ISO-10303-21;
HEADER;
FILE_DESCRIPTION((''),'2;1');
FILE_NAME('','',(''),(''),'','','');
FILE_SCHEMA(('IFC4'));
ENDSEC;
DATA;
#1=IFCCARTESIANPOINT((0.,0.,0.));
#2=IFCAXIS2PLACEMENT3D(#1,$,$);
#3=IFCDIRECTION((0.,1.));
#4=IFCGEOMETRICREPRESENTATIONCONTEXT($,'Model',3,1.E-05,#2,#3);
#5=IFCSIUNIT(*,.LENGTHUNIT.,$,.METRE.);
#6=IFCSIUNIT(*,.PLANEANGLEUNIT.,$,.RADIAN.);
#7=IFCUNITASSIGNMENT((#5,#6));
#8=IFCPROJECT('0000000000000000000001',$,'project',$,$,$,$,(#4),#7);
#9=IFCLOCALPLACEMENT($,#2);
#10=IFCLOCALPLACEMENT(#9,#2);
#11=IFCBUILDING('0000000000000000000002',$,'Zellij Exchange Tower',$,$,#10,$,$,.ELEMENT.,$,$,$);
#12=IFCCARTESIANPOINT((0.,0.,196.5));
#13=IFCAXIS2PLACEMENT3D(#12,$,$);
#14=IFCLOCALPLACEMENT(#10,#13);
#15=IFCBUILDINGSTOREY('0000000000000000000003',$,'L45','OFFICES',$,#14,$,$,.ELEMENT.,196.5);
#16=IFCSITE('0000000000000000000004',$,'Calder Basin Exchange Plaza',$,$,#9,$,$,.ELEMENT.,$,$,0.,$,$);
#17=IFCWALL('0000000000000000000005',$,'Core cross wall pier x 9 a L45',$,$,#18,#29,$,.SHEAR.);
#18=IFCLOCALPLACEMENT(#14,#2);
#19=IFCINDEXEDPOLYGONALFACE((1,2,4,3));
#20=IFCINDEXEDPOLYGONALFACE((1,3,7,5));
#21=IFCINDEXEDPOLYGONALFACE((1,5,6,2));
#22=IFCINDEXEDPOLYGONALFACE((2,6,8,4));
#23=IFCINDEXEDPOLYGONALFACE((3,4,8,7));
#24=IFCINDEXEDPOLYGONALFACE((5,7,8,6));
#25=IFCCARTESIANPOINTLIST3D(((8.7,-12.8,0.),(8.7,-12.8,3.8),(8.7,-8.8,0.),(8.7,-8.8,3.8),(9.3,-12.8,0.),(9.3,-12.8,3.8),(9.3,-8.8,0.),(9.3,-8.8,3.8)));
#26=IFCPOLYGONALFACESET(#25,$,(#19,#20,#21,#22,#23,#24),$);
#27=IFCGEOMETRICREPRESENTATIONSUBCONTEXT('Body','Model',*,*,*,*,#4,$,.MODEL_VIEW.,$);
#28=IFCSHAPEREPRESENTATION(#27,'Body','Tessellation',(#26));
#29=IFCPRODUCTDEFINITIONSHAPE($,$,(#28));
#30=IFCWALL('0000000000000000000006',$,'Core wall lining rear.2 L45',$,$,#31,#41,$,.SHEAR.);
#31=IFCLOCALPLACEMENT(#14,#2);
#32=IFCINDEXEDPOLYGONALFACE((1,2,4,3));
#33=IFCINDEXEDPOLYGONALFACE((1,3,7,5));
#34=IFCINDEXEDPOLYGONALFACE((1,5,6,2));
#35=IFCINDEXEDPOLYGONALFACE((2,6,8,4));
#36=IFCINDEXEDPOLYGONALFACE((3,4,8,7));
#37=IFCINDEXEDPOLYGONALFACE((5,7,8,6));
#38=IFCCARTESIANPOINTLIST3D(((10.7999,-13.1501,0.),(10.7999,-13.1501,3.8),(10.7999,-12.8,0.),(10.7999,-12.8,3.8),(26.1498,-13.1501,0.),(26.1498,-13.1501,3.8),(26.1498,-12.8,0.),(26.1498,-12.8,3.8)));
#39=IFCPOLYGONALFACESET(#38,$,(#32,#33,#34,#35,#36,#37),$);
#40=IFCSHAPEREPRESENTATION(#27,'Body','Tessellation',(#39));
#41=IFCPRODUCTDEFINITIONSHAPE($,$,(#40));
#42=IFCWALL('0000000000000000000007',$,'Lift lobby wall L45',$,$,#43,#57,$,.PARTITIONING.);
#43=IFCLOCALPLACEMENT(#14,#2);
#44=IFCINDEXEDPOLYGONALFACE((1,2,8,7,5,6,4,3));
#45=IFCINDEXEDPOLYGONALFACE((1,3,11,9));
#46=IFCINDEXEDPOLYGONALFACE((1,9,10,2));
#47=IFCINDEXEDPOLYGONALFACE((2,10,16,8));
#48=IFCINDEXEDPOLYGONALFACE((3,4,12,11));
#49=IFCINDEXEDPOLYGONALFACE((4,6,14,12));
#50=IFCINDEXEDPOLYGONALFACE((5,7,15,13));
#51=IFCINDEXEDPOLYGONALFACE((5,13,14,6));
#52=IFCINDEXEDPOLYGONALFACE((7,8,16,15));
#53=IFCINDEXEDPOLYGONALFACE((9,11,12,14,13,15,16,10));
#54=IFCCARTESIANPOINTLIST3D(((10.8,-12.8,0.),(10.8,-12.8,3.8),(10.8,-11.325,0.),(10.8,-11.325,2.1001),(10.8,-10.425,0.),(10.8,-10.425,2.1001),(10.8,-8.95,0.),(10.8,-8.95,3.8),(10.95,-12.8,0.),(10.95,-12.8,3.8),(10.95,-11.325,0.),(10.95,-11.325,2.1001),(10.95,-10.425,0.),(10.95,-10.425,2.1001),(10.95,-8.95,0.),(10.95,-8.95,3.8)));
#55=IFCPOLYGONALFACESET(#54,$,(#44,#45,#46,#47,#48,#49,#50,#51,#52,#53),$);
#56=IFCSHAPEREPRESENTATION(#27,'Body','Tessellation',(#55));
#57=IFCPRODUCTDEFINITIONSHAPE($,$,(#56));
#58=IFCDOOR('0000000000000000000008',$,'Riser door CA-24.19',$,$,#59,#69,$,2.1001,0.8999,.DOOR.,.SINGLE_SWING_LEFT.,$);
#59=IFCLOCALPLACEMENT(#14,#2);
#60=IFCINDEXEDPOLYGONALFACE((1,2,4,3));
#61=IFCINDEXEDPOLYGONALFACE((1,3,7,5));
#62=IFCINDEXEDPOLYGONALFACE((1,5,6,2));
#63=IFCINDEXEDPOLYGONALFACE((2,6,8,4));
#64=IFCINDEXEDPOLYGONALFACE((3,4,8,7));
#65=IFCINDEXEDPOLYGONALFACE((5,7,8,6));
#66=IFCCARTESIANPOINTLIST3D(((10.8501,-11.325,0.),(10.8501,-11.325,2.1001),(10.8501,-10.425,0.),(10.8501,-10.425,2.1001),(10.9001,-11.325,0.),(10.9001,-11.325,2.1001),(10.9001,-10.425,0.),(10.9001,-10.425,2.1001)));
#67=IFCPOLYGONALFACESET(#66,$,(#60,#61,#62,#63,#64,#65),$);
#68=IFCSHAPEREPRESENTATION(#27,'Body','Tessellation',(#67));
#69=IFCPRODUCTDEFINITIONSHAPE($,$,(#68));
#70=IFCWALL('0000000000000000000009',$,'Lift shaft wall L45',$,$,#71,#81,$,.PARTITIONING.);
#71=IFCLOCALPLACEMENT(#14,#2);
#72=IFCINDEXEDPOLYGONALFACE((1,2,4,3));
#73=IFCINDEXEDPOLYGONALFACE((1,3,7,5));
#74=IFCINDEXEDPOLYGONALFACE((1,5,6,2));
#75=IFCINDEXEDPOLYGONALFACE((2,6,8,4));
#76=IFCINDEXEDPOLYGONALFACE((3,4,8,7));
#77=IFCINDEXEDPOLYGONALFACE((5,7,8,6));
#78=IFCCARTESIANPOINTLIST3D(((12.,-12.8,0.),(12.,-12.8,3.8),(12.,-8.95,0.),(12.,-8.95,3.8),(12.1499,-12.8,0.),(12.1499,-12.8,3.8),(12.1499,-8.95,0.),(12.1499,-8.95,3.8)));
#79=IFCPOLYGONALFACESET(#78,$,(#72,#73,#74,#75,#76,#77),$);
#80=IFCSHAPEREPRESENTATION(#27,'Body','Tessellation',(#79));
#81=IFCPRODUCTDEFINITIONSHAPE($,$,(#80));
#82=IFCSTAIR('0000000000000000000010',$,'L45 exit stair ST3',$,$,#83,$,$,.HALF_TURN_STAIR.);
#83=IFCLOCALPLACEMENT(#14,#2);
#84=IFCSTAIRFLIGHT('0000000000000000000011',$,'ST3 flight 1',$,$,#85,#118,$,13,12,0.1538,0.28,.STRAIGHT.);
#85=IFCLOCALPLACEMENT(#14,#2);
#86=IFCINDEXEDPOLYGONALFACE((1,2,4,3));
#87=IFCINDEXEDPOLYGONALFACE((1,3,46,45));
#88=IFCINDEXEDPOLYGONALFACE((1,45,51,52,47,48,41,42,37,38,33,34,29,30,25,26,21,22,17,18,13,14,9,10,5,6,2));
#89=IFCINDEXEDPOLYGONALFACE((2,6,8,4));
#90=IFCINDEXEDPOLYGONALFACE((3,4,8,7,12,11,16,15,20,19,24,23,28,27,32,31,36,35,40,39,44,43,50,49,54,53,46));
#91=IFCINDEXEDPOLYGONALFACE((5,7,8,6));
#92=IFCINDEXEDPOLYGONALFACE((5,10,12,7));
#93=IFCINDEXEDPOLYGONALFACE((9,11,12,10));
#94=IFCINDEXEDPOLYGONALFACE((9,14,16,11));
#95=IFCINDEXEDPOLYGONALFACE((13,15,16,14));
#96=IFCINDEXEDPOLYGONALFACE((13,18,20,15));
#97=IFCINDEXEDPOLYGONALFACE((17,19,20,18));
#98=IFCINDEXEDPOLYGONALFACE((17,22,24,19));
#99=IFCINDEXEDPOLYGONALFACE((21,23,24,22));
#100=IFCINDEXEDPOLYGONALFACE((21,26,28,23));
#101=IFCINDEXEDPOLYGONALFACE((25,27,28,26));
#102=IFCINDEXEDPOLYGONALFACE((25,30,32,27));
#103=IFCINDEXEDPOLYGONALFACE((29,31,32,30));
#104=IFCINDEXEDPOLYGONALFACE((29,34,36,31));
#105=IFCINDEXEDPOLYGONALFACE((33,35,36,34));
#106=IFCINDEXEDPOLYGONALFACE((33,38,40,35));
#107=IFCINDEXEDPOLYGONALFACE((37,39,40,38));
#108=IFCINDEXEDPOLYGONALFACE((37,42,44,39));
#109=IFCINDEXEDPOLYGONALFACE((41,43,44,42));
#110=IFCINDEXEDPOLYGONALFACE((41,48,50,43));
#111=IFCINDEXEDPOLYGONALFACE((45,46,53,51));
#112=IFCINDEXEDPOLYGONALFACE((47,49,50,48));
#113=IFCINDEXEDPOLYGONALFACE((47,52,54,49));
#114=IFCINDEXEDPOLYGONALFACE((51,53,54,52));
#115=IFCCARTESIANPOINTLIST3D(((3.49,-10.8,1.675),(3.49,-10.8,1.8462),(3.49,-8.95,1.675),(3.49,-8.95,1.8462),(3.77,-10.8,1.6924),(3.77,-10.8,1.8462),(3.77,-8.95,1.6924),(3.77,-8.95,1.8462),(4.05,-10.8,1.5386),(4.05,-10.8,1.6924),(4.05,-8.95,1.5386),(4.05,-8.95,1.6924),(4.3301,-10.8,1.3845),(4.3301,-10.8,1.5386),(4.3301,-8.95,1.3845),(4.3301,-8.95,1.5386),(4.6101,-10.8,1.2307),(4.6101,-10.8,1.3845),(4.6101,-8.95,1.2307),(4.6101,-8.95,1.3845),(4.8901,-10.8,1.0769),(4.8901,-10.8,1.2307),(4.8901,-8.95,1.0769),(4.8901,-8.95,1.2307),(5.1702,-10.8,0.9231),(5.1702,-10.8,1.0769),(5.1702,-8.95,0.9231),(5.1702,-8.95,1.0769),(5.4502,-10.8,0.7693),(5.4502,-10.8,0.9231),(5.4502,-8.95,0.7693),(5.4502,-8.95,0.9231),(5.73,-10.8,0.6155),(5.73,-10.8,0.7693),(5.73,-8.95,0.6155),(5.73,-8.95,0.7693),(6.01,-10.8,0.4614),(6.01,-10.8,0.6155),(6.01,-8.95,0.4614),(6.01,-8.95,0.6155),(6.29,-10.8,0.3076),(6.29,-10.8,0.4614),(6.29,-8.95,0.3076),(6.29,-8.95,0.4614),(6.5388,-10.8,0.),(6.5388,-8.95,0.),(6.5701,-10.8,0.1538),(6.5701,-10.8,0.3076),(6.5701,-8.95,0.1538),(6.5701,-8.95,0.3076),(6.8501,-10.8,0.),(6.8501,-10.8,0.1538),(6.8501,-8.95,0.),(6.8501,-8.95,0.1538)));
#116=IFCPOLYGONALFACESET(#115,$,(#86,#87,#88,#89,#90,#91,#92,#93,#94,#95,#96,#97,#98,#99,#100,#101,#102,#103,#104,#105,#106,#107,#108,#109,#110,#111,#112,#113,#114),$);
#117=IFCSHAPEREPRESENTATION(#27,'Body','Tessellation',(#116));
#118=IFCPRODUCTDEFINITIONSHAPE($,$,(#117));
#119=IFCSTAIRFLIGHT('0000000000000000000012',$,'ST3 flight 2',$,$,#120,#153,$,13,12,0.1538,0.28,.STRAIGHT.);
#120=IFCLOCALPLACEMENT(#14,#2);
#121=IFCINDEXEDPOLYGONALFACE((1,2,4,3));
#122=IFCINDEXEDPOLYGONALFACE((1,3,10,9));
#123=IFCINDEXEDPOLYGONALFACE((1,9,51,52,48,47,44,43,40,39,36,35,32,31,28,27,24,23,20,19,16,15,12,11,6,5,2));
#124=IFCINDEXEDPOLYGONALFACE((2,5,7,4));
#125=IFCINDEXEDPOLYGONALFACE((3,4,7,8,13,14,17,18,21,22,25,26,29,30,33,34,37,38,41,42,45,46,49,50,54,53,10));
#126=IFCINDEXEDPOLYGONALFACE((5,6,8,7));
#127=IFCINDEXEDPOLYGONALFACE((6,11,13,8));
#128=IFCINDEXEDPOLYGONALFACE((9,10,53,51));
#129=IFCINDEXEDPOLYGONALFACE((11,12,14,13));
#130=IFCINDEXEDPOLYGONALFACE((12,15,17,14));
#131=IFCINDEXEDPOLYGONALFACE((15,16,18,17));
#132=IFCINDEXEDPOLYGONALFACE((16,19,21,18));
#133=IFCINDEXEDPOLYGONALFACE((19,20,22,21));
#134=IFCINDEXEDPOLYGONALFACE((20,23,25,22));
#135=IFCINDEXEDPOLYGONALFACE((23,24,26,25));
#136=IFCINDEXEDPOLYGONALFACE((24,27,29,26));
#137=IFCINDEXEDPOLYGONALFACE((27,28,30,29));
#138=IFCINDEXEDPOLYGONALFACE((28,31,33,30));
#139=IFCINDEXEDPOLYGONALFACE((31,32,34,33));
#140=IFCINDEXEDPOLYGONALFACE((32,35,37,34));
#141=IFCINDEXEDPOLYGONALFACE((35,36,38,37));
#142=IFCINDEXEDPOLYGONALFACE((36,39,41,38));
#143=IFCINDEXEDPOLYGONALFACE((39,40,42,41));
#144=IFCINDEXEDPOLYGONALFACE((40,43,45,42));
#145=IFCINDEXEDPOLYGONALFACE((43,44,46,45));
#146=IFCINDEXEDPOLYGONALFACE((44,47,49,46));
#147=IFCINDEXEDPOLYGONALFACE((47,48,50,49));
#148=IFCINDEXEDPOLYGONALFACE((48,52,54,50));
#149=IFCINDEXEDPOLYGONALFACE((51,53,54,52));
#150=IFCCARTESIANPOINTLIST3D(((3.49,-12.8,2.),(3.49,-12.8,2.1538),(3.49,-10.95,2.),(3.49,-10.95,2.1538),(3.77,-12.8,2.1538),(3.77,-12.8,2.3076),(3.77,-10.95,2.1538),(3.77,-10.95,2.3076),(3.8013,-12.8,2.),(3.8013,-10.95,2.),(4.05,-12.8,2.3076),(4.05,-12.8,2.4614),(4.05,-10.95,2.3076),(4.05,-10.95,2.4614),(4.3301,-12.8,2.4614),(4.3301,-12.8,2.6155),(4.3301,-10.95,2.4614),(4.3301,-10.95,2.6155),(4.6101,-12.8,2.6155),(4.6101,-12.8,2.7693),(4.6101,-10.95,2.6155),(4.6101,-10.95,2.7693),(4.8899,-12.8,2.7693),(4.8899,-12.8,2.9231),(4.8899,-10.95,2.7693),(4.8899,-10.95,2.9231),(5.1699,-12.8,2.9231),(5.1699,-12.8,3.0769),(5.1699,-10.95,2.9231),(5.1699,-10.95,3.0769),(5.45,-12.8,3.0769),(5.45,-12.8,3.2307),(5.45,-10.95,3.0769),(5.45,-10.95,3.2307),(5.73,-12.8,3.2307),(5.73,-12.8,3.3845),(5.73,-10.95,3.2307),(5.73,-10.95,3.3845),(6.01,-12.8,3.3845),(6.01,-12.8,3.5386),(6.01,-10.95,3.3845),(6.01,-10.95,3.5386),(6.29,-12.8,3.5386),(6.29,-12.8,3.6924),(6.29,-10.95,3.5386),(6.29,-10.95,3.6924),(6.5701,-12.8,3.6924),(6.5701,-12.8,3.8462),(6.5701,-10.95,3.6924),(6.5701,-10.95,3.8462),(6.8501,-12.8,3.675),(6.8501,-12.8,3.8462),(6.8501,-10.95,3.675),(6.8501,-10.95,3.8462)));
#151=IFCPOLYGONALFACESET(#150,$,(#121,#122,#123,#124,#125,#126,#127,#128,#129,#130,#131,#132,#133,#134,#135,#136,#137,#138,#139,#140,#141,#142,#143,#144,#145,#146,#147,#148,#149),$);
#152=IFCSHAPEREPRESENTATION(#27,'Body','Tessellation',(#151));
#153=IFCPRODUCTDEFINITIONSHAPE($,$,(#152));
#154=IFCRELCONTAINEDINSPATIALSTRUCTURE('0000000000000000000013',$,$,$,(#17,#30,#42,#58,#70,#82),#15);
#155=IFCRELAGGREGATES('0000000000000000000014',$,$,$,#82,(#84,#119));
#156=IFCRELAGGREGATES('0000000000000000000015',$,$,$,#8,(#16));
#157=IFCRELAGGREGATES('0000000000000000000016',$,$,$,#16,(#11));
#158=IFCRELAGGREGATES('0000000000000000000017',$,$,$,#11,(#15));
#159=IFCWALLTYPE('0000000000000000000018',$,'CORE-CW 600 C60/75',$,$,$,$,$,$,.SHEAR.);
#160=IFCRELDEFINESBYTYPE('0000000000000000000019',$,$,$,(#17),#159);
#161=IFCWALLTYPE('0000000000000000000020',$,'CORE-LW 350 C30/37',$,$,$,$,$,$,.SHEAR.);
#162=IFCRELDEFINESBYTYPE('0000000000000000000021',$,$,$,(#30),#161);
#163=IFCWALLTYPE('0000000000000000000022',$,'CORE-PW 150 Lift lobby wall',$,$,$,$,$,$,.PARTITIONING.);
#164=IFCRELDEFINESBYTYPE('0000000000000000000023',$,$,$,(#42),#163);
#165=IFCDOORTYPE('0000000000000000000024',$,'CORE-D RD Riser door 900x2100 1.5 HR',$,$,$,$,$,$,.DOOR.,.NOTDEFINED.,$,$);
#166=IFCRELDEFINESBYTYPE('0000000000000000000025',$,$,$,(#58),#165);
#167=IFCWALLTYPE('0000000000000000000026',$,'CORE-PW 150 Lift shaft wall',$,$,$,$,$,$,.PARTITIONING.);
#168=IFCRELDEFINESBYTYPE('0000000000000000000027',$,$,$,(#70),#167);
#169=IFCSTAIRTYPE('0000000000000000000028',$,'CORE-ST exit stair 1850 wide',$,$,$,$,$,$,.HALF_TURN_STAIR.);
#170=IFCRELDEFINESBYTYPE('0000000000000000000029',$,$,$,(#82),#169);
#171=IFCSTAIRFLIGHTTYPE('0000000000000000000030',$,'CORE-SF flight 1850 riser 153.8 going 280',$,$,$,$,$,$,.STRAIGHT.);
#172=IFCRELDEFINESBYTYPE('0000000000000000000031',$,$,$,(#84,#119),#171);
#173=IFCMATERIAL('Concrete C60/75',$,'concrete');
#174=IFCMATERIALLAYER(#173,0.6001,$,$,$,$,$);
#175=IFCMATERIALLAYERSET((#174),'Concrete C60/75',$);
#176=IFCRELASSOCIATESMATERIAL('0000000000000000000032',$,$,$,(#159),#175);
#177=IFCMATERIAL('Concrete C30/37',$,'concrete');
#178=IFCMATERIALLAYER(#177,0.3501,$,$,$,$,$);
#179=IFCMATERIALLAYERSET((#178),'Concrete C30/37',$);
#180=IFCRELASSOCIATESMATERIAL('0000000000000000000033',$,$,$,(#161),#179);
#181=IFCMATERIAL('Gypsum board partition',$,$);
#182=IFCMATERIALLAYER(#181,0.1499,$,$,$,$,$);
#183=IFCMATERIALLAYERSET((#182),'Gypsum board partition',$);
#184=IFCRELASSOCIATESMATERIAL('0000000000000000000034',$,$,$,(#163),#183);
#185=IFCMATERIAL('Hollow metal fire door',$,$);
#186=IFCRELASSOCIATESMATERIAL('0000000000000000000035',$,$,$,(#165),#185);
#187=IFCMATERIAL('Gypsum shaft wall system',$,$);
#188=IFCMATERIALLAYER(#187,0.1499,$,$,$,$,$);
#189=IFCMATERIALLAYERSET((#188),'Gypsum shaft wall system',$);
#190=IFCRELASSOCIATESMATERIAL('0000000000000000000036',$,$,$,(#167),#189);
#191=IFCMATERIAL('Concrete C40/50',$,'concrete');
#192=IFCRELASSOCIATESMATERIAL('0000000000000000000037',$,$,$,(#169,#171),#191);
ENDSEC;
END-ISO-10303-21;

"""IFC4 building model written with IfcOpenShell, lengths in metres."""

from ifc_helpers import new_model, si_unit, direction, frame, frame_2d, origin, place, context, subcontext, project, spatial, polyline, rectangle, outline, extrude, material, layer, layer_set, type_object, element, fill, aggregate, save


model = new_model("IFC4")

# Units and contexts
model_context = context("Model", 3, precision=1e-05, world=origin(), true_north=direction((0.0, 1.0)))
body_context = subcontext(model_context, "Body", "Model", "MODEL_VIEW")
ifc_project = project(units=[si_unit("LENGTHUNIT", "METRE"), si_unit("PLANEANGLEUNIT", "RADIAN")], contexts=[model_context])

# Site, building, storey
site_placement = place(None, origin())
site = spatial("IfcSite", under=ifc_project, at=site_placement, Name="Calder Basin Exchange Plaza", CompositionType="ELEMENT", RefElevation=0.0)
building_placement = place(site_placement, origin())
building = spatial("IfcBuilding", under=site, at=building_placement, Name="Zellij Exchange Tower", CompositionType="ELEMENT")
storey_placement = place(building_placement, frame((0.0, 0.0, 196.5)))
storey = spatial("IfcBuildingStorey", under=building, at=storey_placement, Name="L45", Description="OFFICES", CompositionType="ELEMENT", Elevation=196.5)

# Walls
ifc_material_1 = material(Name="Concrete C60/75", Category="concrete")
ifc_layer_1 = layer(ifc_material_1, 0.6001)
ifc_layer_set_1 = layer_set([ifc_layer_1], Name="Concrete C60/75")
wall_type_1 = type_object("IfcWallType", Name="CORE-CW 600 C60/75", PredefinedType="SHEAR", material=ifc_layer_set_1)
wall_1_placement = place(storey_placement, frame((9.0, -12.8, 0.0), z_axis=(0.0, 0.0, 1.0), x_axis=(0.0, 1.0, 0.0)))
element("IfcWall", 1, at=wall_1_placement, inside=storey, type_object=wall_type_1, Name="Core cross wall pier x 9 a L45", PredefinedType="SHEAR", context=body_context, shape_type="SweptSolid", body=[
    extrude(rectangle(XDim=4.0, YDim=0.6001, at=frame_2d((2.0, 0.0))), origin(), (0.0, 0.0, 1.0), 3.8),
])
ifc_material_2 = material(Name="Concrete C30/37", Category="concrete")
ifc_layer_2 = layer(ifc_material_2, 0.3501)
ifc_layer_set_2 = layer_set([ifc_layer_2], Name="Concrete C30/37")
wall_type_2 = type_object("IfcWallType", Name="CORE-LW 350 C30/37", PredefinedType="SHEAR", material=ifc_layer_set_2)
wall_2_placement = place(storey_placement, frame((10.8, -12.9751, 0.0), z_axis=(0.0, 0.0, 1.0), x_axis=(1.0, 0.0, 0.0)))
element("IfcWall", 2, at=wall_2_placement, inside=storey, type_object=wall_type_2, Name="Core wall lining rear.2 L45", PredefinedType="SHEAR", context=body_context, shape_type="SweptSolid", body=[
    extrude(rectangle(XDim=15.3499, YDim=0.3501, at=frame_2d((7.6748, 0.0))), origin(), (0.0, 0.0, 1.0), 3.8),
])

# Wall, opening, door
ifc_material_3 = material(Name="Gypsum board partition")
ifc_layer_3 = layer(ifc_material_3, 0.1499)
ifc_layer_set_3 = layer_set([ifc_layer_3], Name="Gypsum board partition")
wall_type_3 = type_object("IfcWallType", Name="CORE-PW 150 Lift lobby wall", PredefinedType="PARTITIONING", material=ifc_layer_set_3)
wall_3_placement = place(storey_placement, frame((10.875, -12.8, 0.0), z_axis=(0.0, 0.0, 1.0), x_axis=(0.0, 1.0, 0.0)))
wall_3 = element("IfcWall", 3, at=wall_3_placement, inside=storey, type_object=wall_type_3, Name="Lift lobby wall L45", PredefinedType="PARTITIONING", context=body_context, shape_type="SweptSolid", body=[
    extrude(rectangle(XDim=3.8501, YDim=0.1499, at=frame_2d((1.925, 0.0))), origin(), (0.0, 0.0, 1.0), 3.8),
])
opening_placement = place(wall_3_placement, frame((1.4751, 0.0, 0.0)))
opening = element("IfcOpeningElement", 4, at=opening_placement, cuts=wall_3, PredefinedType="OPENING", context=body_context, shape_type="SweptSolid", body=[
    extrude(rectangle(XDim=0.8999, YDim=2.1001, at=frame_2d((0.45, 1.05))), frame((0.0, 0.0869, 0.0), z_axis=(0.0, -1.0, 0.0), x_axis=(1.0, 0.0, 0.0)), (0.0, 0.0, 1.0), 0.1738),
])
ifc_material_4 = material(Name="Hollow metal fire door")
door_type = type_object("IfcDoorType", Name="CORE-D RD Riser door 900x2100 1.5 HR", OperationType="NOTDEFINED", PredefinedType="DOOR", material=ifc_material_4)
door_placement = place(opening_placement, origin())
door = element("IfcDoor", 5, at=door_placement, inside=storey, type_object=door_type, Name="Riser door CA-24.19", OperationType="SINGLE_SWING_LEFT", OverallHeight=2.1001, OverallWidth=0.8999, PredefinedType="DOOR", context=body_context, shape_type="SweptSolid", body=[
    extrude(rectangle(XDim=0.8999, YDim=2.1001, at=frame_2d((0.45, 1.05))), frame((0.0, 0.0249, 0.0), z_axis=(0.0, -1.0, 0.0), x_axis=(1.0, 0.0, 0.0)), (0.0, 0.0, 1.0), 0.05),
])
fill(opening, door)

# Wall
ifc_material_5 = material(Name="Gypsum shaft wall system")
ifc_layer_4 = layer(ifc_material_5, 0.1499)
ifc_layer_set_4 = layer_set([ifc_layer_4], Name="Gypsum shaft wall system")
wall_type_4 = type_object("IfcWallType", Name="CORE-PW 150 Lift shaft wall", PredefinedType="PARTITIONING", material=ifc_layer_set_4)
wall_4_placement = place(storey_placement, frame((12.075, -12.8, 0.0), z_axis=(0.0, 0.0, 1.0), x_axis=(0.0, 1.0, 0.0)))
element("IfcWall", 6, at=wall_4_placement, inside=storey, type_object=wall_type_4, Name="Lift shaft wall L45", PredefinedType="PARTITIONING", context=body_context, shape_type="SweptSolid", body=[
    extrude(rectangle(XDim=3.8501, YDim=0.1499, at=frame_2d((1.925, 0.0))), origin(), (0.0, 0.0, 1.0), 3.8),
])

# Stair, stair flights
ifc_material_6 = material(Name="Concrete C40/50", Category="concrete")
stair_type = type_object("IfcStairType", Name="CORE-ST exit stair 1850 wide", PredefinedType="HALF_TURN_STAIR", material=ifc_material_6)
stair_placement = place(storey_placement, origin())
stair = element("IfcStair", 7, at=stair_placement, inside=storey, type_object=stair_type, Name="L45 exit stair ST3", PredefinedType="HALF_TURN_STAIR")
stair_flight_type = type_object("IfcStairFlightType", Name="CORE-SF flight 1850 riser 153.8 going 280", PredefinedType="STRAIGHT", material=ifc_material_6)
stair_flight_1_placement = place(storey_placement, frame((6.8501, -9.875, 0.0), z_axis=(0.0, 0.0, 1.0), x_axis=(-1.0, 0.0, 0.0)))
stair_flight_1 = element("IfcStairFlight", 8, at=stair_flight_1_placement, type_object=stair_flight_type, Name="ST3 flight 1", NumberOfRisers=13, NumberOfTreads=12, PredefinedType="STRAIGHT", RiserHeight=0.1538, TreadLength=0.28, context=body_context, shape_type="SweptSolid", body=[
    extrude(outline(polyline([(0.0, 0.0), (0.0, 0.1538), (0.28, 0.1538), (0.28, 0.3076), (0.5601, 0.3076), (0.5601, 0.4614), (0.8401, 0.4614), (0.8401, 0.6155), (1.1201, 0.6155), (1.1201, 0.7693), (1.3999, 0.7693), (1.3999, 0.9231), (1.6799, 0.9231), (1.6799, 1.0769), (1.96, 1.0769), (1.96, 1.2307), (2.24, 1.2307), (2.24, 1.3845), (2.52, 1.3845), (2.52, 1.5386), (2.8, 1.5386), (2.8, 1.6924), (3.0801, 1.6924), (3.0801, 1.8462), (3.3601, 1.8462), (3.3601, 2.0), (3.3601, 1.675), (0.3113, 0.0), (0.0, 0.0)])), frame((0.0, 0.925, 0.0), z_axis=(0.0, -1.0, 0.0), x_axis=(1.0, 0.0, 0.0)), (0.0, 0.0, 1.0), 1.8501),
])
stair_flight_2_placement = place(storey_placement, frame((3.49, -11.875, 2.0), z_axis=(0.0, 0.0, 1.0), x_axis=(1.0, 0.0, 0.0)))
stair_flight_2 = element("IfcStairFlight", 9, at=stair_flight_2_placement, type_object=stair_flight_type, Name="ST3 flight 2", NumberOfRisers=13, NumberOfTreads=12, PredefinedType="STRAIGHT", RiserHeight=0.1538, TreadLength=0.28, context=body_context, shape_type="SweptSolid", body=[
    extrude(outline(polyline([(0.0, 0.0), (0.0, 0.1538), (0.28, 0.1538), (0.28, 0.3076), (0.5601, 0.3076), (0.5601, 0.4614), (0.8401, 0.4614), (0.8401, 0.6155), (1.1201, 0.6155), (1.1201, 0.7693), (1.3999, 0.7693), (1.3999, 0.9231), (1.6799, 0.9231), (1.6799, 1.0769), (1.96, 1.0769), (1.96, 1.2307), (2.24, 1.2307), (2.24, 1.3845), (2.52, 1.3845), (2.52, 1.5386), (2.8, 1.5386), (2.8, 1.6924), (3.0801, 1.6924), (3.0801, 1.8462), (3.3601, 1.8462), (3.3601, 2.0), (3.3601, 1.675), (0.3113, 0.0), (0.0, 0.0)])), frame((0.0, 0.925, 0.0), z_axis=(0.0, -1.0, 0.0), x_axis=(1.0, 0.0, 0.0)), (0.0, 0.0, 1.0), 1.8501),
])
aggregate(stair, [stair_flight_1, stair_flight_2])

save(model, "model.ifc")
